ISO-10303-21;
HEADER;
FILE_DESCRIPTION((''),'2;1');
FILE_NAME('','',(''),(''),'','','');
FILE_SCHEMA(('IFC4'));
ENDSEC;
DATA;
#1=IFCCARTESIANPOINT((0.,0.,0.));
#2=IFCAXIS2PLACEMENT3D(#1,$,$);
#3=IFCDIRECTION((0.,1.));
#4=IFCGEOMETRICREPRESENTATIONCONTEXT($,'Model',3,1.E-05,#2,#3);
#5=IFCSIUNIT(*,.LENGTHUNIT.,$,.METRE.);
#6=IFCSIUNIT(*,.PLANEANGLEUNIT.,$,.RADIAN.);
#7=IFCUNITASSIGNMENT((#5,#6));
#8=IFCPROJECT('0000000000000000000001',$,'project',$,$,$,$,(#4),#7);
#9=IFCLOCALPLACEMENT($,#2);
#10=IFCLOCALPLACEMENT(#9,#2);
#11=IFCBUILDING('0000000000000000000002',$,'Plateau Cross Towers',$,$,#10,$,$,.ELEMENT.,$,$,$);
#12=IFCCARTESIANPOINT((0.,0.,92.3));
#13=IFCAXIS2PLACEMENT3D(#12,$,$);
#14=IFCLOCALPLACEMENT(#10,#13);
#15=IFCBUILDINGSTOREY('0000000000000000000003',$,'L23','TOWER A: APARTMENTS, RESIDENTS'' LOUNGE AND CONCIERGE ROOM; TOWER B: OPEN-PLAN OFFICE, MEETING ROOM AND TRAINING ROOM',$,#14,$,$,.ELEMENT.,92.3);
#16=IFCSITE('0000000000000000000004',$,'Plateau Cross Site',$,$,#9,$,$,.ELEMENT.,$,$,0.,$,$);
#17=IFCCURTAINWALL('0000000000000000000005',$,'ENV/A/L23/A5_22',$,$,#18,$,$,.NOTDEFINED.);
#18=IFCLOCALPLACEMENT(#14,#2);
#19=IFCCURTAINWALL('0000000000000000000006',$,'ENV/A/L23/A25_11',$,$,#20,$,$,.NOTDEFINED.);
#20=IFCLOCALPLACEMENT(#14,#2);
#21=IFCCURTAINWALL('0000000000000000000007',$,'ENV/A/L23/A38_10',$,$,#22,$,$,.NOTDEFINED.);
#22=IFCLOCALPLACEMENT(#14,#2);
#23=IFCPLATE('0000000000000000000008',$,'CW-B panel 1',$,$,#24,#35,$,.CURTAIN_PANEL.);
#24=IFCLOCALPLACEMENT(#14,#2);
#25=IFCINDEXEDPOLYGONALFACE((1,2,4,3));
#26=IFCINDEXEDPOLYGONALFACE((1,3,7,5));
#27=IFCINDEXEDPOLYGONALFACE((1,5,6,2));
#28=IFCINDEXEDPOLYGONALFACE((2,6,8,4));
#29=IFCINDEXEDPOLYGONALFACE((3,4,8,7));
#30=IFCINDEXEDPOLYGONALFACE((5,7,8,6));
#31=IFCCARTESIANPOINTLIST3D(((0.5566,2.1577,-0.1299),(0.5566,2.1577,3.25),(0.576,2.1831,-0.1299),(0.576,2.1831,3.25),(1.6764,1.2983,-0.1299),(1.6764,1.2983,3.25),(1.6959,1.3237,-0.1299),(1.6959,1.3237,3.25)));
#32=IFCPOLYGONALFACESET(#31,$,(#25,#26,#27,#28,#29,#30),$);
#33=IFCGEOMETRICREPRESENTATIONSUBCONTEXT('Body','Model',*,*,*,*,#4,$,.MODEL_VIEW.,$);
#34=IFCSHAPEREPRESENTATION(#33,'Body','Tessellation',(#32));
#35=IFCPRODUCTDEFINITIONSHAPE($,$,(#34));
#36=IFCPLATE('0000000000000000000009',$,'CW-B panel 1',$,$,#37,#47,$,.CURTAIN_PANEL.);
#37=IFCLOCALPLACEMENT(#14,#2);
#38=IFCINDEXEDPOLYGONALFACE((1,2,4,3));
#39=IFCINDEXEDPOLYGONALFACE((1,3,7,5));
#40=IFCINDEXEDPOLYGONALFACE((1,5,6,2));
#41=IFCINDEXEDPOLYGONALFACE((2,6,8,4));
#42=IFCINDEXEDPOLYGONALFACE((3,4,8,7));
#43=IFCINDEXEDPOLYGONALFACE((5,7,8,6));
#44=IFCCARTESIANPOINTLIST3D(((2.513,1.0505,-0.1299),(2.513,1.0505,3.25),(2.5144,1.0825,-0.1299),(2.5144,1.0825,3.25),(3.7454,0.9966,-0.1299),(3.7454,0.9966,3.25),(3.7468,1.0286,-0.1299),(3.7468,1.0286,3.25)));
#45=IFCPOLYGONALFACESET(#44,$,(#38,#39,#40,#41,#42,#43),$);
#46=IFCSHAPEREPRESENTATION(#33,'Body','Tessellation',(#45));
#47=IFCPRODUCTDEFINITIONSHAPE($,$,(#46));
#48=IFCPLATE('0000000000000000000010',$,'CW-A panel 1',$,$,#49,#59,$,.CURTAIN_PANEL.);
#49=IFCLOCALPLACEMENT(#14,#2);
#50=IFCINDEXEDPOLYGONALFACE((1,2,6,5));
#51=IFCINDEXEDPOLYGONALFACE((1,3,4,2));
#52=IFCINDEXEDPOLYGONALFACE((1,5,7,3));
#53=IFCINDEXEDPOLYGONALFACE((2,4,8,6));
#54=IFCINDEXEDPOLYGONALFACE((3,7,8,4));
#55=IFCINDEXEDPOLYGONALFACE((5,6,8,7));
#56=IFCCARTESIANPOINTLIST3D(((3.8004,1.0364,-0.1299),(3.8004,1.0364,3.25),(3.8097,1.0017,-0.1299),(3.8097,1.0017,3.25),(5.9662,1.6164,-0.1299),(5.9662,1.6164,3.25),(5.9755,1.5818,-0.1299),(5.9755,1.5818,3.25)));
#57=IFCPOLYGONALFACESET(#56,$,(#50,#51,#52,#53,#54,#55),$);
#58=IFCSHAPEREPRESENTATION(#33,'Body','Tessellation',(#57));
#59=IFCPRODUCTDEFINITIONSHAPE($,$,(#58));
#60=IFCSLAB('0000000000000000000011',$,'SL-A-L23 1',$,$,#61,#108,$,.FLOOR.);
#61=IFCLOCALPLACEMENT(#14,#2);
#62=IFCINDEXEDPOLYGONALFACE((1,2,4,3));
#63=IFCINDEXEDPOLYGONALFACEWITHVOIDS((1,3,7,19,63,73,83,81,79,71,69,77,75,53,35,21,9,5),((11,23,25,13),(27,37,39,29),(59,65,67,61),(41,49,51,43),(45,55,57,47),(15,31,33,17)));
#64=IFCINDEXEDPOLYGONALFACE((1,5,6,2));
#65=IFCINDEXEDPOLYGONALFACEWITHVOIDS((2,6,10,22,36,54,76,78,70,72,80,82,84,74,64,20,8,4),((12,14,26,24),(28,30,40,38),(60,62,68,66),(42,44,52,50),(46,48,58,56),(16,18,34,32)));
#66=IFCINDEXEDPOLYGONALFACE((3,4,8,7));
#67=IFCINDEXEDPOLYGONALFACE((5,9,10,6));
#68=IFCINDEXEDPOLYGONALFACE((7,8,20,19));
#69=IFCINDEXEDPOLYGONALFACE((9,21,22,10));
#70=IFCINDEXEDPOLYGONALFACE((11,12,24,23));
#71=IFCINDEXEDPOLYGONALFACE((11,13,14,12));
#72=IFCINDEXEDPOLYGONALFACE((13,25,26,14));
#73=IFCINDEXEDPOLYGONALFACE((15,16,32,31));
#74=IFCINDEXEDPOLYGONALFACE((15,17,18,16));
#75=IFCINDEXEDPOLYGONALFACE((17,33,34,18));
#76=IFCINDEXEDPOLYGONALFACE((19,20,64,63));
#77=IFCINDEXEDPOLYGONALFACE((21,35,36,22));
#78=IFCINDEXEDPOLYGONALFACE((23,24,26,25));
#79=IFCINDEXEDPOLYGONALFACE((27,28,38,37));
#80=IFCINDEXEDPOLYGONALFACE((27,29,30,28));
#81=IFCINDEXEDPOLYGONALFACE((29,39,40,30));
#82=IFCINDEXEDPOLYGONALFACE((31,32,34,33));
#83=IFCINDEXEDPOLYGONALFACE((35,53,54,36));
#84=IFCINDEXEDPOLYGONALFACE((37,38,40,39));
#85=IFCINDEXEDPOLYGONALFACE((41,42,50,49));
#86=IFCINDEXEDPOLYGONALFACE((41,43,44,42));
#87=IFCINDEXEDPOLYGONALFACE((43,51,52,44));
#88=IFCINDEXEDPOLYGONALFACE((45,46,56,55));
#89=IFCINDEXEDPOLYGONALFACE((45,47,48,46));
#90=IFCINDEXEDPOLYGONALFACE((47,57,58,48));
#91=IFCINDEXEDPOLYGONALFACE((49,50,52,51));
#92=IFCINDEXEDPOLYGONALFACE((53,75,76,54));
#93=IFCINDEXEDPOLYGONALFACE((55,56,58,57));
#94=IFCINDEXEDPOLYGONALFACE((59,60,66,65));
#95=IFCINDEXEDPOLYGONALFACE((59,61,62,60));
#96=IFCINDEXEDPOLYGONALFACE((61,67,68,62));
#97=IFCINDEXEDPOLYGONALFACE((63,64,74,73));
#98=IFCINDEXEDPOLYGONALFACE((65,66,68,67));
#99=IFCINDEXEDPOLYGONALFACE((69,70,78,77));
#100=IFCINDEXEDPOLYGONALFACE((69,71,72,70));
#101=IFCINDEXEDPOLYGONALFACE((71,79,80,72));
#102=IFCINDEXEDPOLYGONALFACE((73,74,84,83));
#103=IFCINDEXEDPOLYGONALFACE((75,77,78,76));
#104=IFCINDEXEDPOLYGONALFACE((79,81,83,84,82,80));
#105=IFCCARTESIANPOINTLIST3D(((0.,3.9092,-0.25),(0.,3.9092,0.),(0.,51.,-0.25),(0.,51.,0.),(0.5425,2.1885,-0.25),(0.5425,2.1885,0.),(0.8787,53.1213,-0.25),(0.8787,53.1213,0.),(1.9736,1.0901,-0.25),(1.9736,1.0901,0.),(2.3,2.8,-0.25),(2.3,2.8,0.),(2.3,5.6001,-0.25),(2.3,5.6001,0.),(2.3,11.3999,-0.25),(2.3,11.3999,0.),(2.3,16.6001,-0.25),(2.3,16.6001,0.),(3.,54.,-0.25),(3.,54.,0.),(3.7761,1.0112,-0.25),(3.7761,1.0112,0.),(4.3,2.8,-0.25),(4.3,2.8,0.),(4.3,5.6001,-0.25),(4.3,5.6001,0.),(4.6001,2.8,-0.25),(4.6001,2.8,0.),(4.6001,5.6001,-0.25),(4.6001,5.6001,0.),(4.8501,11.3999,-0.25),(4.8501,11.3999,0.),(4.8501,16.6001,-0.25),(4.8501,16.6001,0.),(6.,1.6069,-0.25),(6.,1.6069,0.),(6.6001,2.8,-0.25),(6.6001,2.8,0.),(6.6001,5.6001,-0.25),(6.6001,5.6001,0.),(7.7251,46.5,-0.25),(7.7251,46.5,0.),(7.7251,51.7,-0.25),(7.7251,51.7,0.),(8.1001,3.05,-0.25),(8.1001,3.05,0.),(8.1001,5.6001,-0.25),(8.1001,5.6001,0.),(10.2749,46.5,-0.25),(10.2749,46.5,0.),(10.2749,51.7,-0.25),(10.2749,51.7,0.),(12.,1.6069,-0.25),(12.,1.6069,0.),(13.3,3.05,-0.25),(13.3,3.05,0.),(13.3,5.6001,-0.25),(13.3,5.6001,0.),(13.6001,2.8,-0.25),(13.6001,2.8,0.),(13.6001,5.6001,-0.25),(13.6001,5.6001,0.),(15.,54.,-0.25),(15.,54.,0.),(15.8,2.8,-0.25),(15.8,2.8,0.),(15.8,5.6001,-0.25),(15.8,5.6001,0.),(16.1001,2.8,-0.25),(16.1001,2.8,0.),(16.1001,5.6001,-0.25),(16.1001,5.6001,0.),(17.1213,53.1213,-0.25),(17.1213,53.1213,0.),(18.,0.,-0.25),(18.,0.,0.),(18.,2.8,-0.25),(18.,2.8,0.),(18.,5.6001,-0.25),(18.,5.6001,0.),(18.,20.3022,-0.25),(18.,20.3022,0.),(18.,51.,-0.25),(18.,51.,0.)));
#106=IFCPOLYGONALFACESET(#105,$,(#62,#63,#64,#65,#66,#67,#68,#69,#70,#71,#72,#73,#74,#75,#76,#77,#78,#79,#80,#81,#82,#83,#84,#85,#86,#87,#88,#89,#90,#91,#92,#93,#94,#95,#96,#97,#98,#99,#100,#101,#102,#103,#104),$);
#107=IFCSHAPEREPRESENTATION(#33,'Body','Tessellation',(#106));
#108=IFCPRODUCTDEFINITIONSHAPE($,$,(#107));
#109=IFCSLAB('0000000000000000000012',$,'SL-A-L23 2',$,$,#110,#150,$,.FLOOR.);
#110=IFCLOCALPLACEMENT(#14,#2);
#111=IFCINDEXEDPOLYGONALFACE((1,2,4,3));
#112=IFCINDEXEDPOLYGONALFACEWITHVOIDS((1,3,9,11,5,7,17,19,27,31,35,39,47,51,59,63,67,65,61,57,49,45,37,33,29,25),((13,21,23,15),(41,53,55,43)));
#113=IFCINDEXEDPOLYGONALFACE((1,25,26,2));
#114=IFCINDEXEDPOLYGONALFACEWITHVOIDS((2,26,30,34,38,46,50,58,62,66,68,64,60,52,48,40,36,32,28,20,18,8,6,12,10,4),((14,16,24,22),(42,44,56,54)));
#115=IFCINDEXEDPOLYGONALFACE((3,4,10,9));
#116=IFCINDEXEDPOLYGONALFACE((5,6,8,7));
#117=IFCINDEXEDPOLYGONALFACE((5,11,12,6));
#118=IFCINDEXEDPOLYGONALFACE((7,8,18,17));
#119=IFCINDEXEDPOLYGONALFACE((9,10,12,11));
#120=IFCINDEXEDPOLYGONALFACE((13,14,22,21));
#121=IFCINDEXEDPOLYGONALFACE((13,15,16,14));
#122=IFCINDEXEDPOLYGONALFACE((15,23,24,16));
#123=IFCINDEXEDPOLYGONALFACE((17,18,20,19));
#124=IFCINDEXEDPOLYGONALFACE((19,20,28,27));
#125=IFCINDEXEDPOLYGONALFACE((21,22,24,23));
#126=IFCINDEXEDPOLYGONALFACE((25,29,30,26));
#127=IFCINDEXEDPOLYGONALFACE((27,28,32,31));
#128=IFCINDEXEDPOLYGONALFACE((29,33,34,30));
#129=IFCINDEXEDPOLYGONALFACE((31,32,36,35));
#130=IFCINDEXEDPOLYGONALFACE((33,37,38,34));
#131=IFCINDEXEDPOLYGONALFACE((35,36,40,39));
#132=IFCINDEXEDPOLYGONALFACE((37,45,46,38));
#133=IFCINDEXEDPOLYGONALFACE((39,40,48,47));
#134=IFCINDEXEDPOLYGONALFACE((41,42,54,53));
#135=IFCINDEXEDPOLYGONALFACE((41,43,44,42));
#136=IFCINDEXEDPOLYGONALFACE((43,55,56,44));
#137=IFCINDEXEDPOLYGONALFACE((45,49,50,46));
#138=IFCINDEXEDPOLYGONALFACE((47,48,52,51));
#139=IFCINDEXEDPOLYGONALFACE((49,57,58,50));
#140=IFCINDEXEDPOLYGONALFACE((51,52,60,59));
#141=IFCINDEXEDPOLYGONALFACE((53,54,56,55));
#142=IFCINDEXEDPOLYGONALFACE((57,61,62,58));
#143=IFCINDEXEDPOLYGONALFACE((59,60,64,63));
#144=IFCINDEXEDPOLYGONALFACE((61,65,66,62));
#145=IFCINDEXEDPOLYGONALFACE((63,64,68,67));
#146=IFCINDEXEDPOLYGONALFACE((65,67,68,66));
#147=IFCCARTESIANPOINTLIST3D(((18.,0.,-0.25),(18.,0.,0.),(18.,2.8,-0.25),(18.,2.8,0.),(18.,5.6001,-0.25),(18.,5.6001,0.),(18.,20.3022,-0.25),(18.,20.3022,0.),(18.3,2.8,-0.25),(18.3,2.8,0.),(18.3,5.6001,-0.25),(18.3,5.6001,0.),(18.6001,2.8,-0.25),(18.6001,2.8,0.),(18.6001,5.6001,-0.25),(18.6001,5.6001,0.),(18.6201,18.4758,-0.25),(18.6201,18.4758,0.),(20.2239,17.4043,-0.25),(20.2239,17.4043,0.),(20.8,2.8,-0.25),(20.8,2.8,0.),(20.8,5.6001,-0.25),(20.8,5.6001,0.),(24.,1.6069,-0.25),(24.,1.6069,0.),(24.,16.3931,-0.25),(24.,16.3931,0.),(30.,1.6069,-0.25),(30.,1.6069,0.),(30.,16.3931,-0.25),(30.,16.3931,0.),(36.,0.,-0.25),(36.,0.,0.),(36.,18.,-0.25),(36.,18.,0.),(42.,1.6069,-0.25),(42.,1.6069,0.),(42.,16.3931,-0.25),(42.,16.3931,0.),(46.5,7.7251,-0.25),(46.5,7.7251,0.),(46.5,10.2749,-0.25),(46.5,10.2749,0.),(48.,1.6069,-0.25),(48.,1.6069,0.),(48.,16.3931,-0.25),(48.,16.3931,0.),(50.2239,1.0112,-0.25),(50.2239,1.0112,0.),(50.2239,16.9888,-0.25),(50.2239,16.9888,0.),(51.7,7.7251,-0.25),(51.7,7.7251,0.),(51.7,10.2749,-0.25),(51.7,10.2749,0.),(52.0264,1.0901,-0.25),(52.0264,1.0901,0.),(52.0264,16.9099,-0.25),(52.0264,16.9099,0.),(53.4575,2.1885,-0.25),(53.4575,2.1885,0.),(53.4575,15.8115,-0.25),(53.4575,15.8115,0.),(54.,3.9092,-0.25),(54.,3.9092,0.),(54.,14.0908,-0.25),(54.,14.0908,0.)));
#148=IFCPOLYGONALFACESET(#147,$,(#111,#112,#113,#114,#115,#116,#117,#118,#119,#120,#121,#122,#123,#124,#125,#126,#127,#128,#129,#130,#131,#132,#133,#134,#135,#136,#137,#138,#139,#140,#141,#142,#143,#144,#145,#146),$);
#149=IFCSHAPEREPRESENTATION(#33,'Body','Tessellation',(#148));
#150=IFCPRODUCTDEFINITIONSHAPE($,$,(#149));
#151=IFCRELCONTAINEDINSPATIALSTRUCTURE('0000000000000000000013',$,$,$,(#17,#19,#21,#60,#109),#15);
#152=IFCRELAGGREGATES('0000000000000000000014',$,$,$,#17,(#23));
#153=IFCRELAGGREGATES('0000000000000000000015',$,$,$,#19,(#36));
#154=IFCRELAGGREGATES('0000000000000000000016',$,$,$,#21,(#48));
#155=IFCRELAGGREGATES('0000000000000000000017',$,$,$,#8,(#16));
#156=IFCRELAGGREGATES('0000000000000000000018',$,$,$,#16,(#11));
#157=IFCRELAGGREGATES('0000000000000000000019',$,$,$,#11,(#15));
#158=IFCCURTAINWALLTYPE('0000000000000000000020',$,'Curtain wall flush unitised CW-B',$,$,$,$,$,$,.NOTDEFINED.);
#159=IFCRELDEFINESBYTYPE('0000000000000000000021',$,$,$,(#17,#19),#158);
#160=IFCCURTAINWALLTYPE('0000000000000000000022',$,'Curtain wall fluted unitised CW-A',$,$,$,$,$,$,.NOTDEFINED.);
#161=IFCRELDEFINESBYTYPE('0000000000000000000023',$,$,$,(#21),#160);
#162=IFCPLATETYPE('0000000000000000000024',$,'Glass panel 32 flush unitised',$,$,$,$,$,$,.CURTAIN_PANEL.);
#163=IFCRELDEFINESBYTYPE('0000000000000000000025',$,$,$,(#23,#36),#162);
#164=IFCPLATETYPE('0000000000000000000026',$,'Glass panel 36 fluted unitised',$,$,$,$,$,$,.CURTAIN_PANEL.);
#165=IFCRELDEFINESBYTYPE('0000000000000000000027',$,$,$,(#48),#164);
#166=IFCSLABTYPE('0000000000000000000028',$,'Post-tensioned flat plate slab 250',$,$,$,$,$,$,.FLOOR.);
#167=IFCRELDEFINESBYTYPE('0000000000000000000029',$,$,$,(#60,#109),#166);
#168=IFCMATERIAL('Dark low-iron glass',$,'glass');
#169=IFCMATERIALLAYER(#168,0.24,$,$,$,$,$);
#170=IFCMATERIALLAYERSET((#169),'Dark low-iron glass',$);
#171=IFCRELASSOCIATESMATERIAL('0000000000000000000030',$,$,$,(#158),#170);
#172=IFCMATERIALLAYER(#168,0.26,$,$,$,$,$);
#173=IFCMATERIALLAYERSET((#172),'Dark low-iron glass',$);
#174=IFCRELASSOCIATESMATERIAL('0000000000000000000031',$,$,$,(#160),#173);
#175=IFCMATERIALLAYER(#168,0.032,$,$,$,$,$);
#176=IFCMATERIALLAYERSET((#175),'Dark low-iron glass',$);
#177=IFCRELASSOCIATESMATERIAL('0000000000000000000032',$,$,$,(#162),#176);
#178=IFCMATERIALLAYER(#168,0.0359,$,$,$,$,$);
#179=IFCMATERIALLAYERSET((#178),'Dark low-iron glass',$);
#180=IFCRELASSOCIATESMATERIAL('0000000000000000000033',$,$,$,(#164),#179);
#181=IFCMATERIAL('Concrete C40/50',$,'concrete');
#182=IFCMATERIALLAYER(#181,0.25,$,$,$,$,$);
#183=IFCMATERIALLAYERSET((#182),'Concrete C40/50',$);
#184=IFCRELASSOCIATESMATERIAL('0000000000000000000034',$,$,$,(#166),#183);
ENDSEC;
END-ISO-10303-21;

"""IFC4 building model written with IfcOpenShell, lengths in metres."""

from ifc_helpers import new_model, si_unit, direction, frame, origin, origin_2d, place, context, subcontext, project, spatial, polyline, rectangle, outline, extrude, material, layer, layer_set, type_object, element, aggregate, save


model = new_model("IFC4")

# Units and contexts
model_context = context("Model", 3, precision=1e-05, world=origin(), true_north=direction((0.0, 1.0)))
body_context = subcontext(model_context, "Body", "Model", "MODEL_VIEW")
ifc_project = project(units=[si_unit("LENGTHUNIT", "METRE"), si_unit("PLANEANGLEUNIT", "RADIAN")], contexts=[model_context])

# Site, building, storey
site_placement = place(None, origin())
site = spatial("IfcSite", under=ifc_project, at=site_placement, Name="Plateau Cross Site", CompositionType="ELEMENT", RefElevation=0.0)
building_placement = place(site_placement, origin())
building = spatial("IfcBuilding", under=site, at=building_placement, Name="Plateau Cross Towers", CompositionType="ELEMENT")
storey_placement = place(building_placement, frame((0.0, 0.0, 92.3)))
storey = spatial("IfcBuildingStorey", under=building, at=storey_placement, Name="L23", Description="TOWER A: APARTMENTS, RESIDENTS' LOUNGE AND CONCIERGE ROOM; TOWER B: OPEN-PLAN OFFICE, MEETING ROOM AND TRAINING ROOM", CompositionType="ELEMENT", Elevation=92.3)

# Curtain wall
ifc_material_1 = material(Name="Dark low-iron glass", Category="glass")
ifc_layer_1 = layer(ifc_material_1, 0.24)
ifc_layer_set_1 = layer_set([ifc_layer_1], Name="Dark low-iron glass")
curtain_wall_type_1 = type_object("IfcCurtainWallType", Name="Curtain wall flush unitised CW-B", PredefinedType="NOTDEFINED", material=ifc_layer_set_1)
curtain_wall_1_placement = place(storey_placement, origin())
curtain_wall_1 = element("IfcCurtainWall", 1, at=curtain_wall_1_placement, inside=storey, type_object=curtain_wall_type_1, Name="ENV/A/L23/A5_22", PredefinedType="NOTDEFINED")

# Curtain walls
curtain_wall_2_placement = place(storey_placement, origin())
curtain_wall_2 = element("IfcCurtainWall", 2, at=curtain_wall_2_placement, inside=storey, type_object=curtain_wall_type_1, Name="ENV/A/L23/A25_11", PredefinedType="NOTDEFINED")
ifc_layer_2 = layer(ifc_material_1, 0.26)
ifc_layer_set_2 = layer_set([ifc_layer_2], Name="Dark low-iron glass")
curtain_wall_type_2 = type_object("IfcCurtainWallType", Name="Curtain wall fluted unitised CW-A", PredefinedType="NOTDEFINED", material=ifc_layer_set_2)
curtain_wall_3_placement = place(storey_placement, origin())
curtain_wall_3 = element("IfcCurtainWall", 3, at=curtain_wall_3_placement, inside=storey, type_object=curtain_wall_type_2, Name="ENV/A/L23/A38_10", PredefinedType="NOTDEFINED")

# Shared definitions
ifc_material_2 = material(Name="Concrete C40/50", Category="concrete")

# Plates
ifc_layer_3 = layer(ifc_material_1, 0.032)
ifc_layer_set_3 = layer_set([ifc_layer_3], Name="Dark low-iron glass")
plate_type_1 = type_object("IfcPlateType", Name="Glass panel 32 flush unitised", PredefinedType="CURTAIN_PANEL", material=ifc_layer_set_3)
plate_1_placement = place(storey_placement, frame((1.1262, 1.7407, -0.1299), z_axis=(0.0, 0.0, 1.0), x_axis=(0.793316, -0.608811, 0.0)))
plate_1 = element("IfcPlate", 4, at=plate_1_placement, type_object=plate_type_1, Name="CW-B panel 1", PredefinedType="CURTAIN_PANEL", context=body_context, shape_type="SweptSolid", body=[
    extrude(rectangle(XDim=1.4116, YDim=0.032, at=origin_2d()), origin(), (0.0, 0.0, 1.0), 3.3799),
])
aggregate(curtain_wall_1, [plate_1])
plate_2_placement = place(storey_placement, frame((3.1299, 1.0396, -0.1299), z_axis=(0.0, 0.0, 1.0), x_axis=(0.999044, -0.043723, 0.0)))
plate_2 = element("IfcPlate", 5, at=plate_2_placement, type_object=plate_type_1, Name="CW-B panel 1", PredefinedType="CURTAIN_PANEL", context=body_context, shape_type="SweptSolid", body=[
    extrude(rectangle(XDim=1.2336, YDim=0.032, at=origin_2d()), origin(), (0.0, 0.0, 1.0), 3.3799),
])
aggregate(curtain_wall_2, [plate_2])
ifc_layer_4 = layer(ifc_material_1, 0.0359)
ifc_layer_set_4 = layer_set([ifc_layer_4], Name="Dark low-iron glass")
plate_type_2 = type_object("IfcPlateType", Name="Glass panel 36 fluted unitised", PredefinedType="CURTAIN_PANEL", material=ifc_layer_set_4)
plate_3_placement = place(storey_placement, frame((4.8879, 1.3091, -0.1299), z_axis=(0.0, 0.0, 1.0), x_axis=(0.965958, 0.258699, 0.0)))
plate_3 = element("IfcPlate", 6, at=plate_3_placement, type_object=plate_type_2, Name="CW-A panel 1", PredefinedType="CURTAIN_PANEL", context=body_context, shape_type="SweptSolid", body=[
    extrude(rectangle(XDim=2.2422, YDim=0.0359, at=origin_2d()), origin(), (0.0, 0.0, 1.0), 3.3799),
])
aggregate(curtain_wall_3, [plate_3])

# Slabs
ifc_layer_5 = layer(ifc_material_2, 0.25)
ifc_layer_set_5 = layer_set([ifc_layer_5], Name="Concrete C40/50")
slab_type_1 = type_object("IfcSlabType", Name="Post-tensioned flat plate slab 250", PredefinedType="FLOOR", material=ifc_layer_set_5)
slab_1_placement = place(storey_placement, frame((0.0, 0.0, -0.25)))
element("IfcSlab", 7, at=slab_1_placement, inside=storey, type_object=slab_type_1, Name="SL-A-L23 1", PredefinedType="FLOOR", context=body_context, shape_type="SweptSolid", body=[
    extrude(outline(polyline([(0.5425, 2.1885), (0.0, 3.9092), (0.0, 51.0), (0.8787, 53.1213), (3.0, 54.0), (15.0, 54.0), (17.1213, 53.1213), (18.0, 51.0), (18.0, 20.3022), (18.0, 5.6001), (16.1001, 5.6001), (16.1001, 2.8), (18.0, 2.8), (18.0, 0.0), (12.0, 1.6069), (6.0, 1.6069), (3.7761, 1.0112), (1.9736, 1.0901), (0.5425, 2.1885)]), holes=[polyline([(4.3, 5.6001), (2.3, 5.6001), (2.3, 2.8), (4.3, 2.8), (4.3, 5.6001)]), polyline([(6.6001, 5.6001), (4.6001, 5.6001), (4.6001, 2.8), (6.6001, 2.8), (6.6001, 5.6001)]), polyline([(15.8, 5.6001), (13.6001, 5.6001), (13.6001, 2.8), (15.8, 2.8), (15.8, 5.6001)]), polyline([(13.3, 5.6001), (8.1001, 5.6001), (8.1001, 3.05), (13.3, 3.05), (13.3, 5.6001)]), polyline([(4.8501, 16.6001), (2.3, 16.6001), (2.3, 11.3999), (4.8501, 11.3999), (4.8501, 16.6001)]), polyline([(7.7251, 51.7), (7.7251, 46.5), (10.2749, 46.5), (10.2749, 51.7), (7.7251, 51.7)])]), origin(), (0.0, 0.0, 1.0), 0.25),
])
slab_2_placement = place(storey_placement, frame((0.0, 0.0, -0.25)))
element("IfcSlab", 8, at=slab_2_placement, inside=storey, type_object=slab_type_1, Name="SL-A-L23 2", PredefinedType="FLOOR", context=body_context, shape_type="SweptSolid", body=[
    extrude(outline(polyline([(18.6201, 18.4758), (20.2239, 17.4043), (24.0, 16.3931), (30.0, 16.3931), (36.0, 18.0), (42.0, 16.3931), (48.0, 16.3931), (50.2239, 16.9888), (52.0264, 16.9099), (53.4575, 15.8115), (54.0, 14.0908), (54.0, 3.9092), (53.4575, 2.1885), (52.0264, 1.0901), (50.2239, 1.0112), (48.0, 1.6069), (42.0, 1.6069), (36.0, 0.0), (30.0, 1.6069), (24.0, 1.6069), (18.0, 0.0), (18.0, 2.8), (18.3, 2.8), (18.3, 5.6001), (18.0, 5.6001), (18.0, 20.3022), (18.6201, 18.4758)]), holes=[polyline([(20.8, 5.6001), (18.6001, 5.6001), (18.6001, 2.8), (20.8, 2.8), (20.8, 5.6001)]), polyline([(51.7, 7.7251), (51.7, 10.2749), (46.5, 10.2749), (46.5, 7.7251), (51.7, 7.7251)])]), origin(), (0.0, 0.0, 1.0), 0.25),
])

save(model, "model.ifc")
